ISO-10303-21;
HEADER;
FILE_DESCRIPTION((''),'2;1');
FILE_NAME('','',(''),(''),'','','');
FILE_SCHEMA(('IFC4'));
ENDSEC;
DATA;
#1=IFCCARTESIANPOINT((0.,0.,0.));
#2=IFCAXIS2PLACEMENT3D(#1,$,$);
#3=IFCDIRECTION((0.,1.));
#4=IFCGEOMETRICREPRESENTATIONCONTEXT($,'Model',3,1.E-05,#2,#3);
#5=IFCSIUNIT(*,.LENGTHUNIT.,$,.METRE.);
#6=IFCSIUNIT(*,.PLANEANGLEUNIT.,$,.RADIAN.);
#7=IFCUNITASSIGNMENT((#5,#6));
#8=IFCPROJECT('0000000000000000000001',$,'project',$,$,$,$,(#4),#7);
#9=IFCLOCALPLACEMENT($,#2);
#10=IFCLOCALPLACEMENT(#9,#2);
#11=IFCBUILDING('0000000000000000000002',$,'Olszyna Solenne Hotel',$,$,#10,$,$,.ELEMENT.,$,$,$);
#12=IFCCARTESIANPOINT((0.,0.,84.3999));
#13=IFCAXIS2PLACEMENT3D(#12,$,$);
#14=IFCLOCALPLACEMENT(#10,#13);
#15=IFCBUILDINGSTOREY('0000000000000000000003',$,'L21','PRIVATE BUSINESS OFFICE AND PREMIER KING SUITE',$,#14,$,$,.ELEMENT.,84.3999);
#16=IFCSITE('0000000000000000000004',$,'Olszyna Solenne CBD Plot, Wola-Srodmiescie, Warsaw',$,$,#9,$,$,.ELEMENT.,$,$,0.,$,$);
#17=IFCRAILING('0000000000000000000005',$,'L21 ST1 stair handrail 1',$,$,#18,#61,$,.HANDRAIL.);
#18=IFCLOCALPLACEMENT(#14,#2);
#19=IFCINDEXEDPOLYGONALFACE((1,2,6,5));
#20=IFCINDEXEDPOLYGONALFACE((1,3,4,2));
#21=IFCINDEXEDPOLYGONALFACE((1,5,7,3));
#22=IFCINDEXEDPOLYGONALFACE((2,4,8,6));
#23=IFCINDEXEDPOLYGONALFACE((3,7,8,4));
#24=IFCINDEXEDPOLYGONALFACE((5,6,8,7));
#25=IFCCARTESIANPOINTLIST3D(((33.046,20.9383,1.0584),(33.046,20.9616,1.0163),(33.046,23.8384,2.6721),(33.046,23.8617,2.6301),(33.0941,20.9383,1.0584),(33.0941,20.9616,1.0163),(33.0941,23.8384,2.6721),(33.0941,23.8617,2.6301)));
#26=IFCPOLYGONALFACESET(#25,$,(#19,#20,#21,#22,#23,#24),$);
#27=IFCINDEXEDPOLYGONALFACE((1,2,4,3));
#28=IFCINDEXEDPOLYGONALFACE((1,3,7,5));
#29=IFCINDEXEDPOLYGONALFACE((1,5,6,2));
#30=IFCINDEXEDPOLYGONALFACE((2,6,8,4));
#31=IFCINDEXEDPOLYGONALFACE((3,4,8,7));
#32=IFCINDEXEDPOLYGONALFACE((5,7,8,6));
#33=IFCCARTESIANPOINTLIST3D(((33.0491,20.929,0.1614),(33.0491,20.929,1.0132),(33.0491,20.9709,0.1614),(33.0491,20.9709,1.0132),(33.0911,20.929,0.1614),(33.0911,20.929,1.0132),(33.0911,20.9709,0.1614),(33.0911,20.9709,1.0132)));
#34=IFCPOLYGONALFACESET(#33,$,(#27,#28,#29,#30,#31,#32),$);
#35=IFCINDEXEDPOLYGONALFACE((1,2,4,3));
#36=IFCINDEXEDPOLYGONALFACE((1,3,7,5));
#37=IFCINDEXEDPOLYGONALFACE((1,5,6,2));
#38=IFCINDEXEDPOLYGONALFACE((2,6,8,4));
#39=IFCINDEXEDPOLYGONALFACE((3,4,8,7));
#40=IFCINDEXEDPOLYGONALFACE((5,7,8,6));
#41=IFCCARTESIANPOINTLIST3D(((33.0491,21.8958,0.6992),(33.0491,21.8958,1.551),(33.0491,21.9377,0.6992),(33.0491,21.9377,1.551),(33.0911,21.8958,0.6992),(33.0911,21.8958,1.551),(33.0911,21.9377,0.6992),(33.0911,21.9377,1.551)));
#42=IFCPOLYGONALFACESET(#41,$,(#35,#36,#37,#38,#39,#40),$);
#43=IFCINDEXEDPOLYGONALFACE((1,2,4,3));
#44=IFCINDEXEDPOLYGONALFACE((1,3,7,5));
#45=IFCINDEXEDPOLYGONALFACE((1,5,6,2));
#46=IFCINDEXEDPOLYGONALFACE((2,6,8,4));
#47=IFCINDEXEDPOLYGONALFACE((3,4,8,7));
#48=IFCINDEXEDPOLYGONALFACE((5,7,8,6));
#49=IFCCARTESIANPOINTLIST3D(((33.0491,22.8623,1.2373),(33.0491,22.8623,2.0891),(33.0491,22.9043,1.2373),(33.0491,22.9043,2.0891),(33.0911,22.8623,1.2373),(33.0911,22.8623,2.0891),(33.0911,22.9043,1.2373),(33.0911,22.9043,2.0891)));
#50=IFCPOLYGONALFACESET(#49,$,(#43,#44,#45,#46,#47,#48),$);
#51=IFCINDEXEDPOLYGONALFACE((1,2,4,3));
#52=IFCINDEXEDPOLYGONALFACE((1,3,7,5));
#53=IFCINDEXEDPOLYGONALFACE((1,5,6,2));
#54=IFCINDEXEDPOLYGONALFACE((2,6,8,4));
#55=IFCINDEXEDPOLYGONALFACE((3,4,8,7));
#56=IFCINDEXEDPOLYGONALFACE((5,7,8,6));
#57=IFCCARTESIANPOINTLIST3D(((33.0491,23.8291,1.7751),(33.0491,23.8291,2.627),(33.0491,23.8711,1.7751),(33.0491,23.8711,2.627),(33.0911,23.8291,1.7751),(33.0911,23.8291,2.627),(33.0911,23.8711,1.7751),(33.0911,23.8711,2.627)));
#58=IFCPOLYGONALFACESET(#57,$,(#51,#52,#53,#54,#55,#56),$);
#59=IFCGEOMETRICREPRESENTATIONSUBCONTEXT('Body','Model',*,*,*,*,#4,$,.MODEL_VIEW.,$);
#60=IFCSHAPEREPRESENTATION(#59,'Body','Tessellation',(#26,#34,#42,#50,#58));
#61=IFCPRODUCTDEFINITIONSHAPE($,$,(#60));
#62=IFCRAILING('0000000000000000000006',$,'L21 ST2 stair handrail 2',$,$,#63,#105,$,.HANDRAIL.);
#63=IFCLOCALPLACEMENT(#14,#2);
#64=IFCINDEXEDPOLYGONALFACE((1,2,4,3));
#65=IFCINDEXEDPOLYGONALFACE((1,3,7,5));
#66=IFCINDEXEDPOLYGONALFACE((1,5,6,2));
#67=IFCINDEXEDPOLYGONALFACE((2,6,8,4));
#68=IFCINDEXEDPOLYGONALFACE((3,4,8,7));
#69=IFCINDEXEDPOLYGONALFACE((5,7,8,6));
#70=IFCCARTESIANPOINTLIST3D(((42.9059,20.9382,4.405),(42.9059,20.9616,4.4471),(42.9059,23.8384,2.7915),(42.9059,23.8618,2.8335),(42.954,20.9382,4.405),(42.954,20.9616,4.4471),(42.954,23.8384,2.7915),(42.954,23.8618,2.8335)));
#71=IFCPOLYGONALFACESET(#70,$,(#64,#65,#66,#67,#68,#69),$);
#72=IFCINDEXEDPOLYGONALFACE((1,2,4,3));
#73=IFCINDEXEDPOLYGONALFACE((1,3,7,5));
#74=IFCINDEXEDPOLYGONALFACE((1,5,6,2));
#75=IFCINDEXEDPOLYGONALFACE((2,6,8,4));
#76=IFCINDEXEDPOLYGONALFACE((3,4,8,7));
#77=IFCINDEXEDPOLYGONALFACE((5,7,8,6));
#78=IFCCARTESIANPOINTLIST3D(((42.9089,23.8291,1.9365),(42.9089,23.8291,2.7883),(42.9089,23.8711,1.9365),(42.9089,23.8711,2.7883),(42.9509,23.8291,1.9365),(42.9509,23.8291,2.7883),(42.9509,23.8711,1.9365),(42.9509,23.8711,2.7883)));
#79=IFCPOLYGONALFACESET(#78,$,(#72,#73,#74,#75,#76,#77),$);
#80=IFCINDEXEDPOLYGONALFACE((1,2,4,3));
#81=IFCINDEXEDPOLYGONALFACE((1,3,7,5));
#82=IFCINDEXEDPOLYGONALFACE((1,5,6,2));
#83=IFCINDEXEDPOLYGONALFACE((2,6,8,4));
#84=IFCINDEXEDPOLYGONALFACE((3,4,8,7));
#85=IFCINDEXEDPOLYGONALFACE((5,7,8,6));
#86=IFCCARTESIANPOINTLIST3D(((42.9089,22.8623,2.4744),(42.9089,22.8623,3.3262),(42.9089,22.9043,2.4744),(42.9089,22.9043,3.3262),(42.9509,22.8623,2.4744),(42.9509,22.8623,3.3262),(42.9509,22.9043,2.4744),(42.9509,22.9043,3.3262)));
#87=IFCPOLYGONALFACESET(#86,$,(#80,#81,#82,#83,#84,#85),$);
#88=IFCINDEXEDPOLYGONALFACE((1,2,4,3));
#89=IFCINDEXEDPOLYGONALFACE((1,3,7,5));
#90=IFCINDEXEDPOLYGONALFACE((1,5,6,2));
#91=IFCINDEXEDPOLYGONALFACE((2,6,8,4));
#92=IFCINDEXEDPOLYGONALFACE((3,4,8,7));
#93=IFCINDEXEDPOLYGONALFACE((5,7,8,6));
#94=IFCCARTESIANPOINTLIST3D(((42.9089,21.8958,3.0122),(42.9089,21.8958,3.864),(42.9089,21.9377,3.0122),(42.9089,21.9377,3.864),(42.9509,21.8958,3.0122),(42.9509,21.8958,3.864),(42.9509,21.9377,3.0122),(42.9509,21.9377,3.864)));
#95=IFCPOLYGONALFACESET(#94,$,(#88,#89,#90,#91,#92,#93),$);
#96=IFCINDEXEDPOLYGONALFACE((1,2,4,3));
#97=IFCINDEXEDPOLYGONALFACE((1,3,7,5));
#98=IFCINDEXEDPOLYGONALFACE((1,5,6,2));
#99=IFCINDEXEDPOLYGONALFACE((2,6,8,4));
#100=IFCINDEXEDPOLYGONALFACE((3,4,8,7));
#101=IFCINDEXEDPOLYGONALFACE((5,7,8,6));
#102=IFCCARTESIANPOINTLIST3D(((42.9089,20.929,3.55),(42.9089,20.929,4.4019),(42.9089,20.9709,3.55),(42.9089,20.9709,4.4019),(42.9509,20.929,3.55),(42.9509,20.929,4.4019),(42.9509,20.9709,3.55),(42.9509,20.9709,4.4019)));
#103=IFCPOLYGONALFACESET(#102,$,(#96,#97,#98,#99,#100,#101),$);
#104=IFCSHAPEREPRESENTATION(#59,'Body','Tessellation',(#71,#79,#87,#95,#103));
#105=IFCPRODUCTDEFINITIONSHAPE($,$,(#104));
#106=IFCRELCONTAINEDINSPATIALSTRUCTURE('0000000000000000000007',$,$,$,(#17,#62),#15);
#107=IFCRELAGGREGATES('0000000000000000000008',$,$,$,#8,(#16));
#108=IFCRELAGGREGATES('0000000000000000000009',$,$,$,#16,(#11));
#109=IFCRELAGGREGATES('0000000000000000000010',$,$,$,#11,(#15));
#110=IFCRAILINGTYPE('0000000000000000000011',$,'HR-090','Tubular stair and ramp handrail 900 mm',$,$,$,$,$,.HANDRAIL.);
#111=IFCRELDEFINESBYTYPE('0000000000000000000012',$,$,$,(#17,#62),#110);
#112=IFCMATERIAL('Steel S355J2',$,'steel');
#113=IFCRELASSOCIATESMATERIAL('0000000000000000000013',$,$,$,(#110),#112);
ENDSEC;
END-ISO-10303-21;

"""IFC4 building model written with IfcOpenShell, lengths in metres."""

from ifc_helpers import new_model, si_unit, direction, frame, origin, origin_2d, place, context, subcontext, project, spatial, rectangle, extrude, material, type_object, element, save


model = new_model("IFC4")

# Units and contexts
model_context = context("Model", 3, precision=1e-05, world=origin(), true_north=direction((0.0, 1.0)))
body_context = subcontext(model_context, "Body", "Model", "MODEL_VIEW")
ifc_project = project(units=[si_unit("LENGTHUNIT", "METRE"), si_unit("PLANEANGLEUNIT", "RADIAN")], contexts=[model_context])

# Site, building, storey
site_placement = place(None, origin())
site = spatial("IfcSite", under=ifc_project, at=site_placement, Name="Olszyna Solenne CBD Plot, Wola-Srodmiescie, Warsaw", CompositionType="ELEMENT", RefElevation=0.0)
building_placement = place(site_placement, origin())
building = spatial("IfcBuilding", under=site, at=building_placement, Name="Olszyna Solenne Hotel", CompositionType="ELEMENT")
storey_placement = place(building_placement, frame((0.0, 0.0, 84.3999)))
storey = spatial("IfcBuildingStorey", under=building, at=storey_placement, Name="L21", Description="PRIVATE BUSINESS OFFICE AND PREMIER KING SUITE", CompositionType="ELEMENT", Elevation=84.3999)

# Shared definitions
ifc_material_1 = material(Name="Steel S355J2", Category="steel")

# Railings
railing_type = type_object("IfcRailingType", Name="HR-090", Description="Tubular stair and ramp handrail 900 mm", PredefinedType="HANDRAIL", material=ifc_material_1)
railing_1_placement = place(storey_placement, frame((33.0701, 20.95, 0.1614)))
element("IfcRailing", 1, at=railing_1_placement, inside=storey, type_object=railing_type, Name="L21 ST1 stair handrail 1", PredefinedType="HANDRAIL", context=body_context, shape_type="SweptSolid", body=[
    extrude(rectangle(XDim=0.0481, YDim=0.0481, at=origin_2d()), frame((0.0, 0.0, 0.876), z_axis=(0.0, 0.873827, 0.486236), x_axis=(-1.0, 0.0, 0.0)), (0.0, 0.0, 1.0), 3.3188),
    extrude(rectangle(XDim=0.042, YDim=0.042, at=origin_2d()), origin(), (0.0, 0.0, 1.0), 0.8518),
    extrude(rectangle(XDim=0.042, YDim=0.042, at=origin_2d()), frame((0.0, 0.9668, 0.5378)), (0.0, 0.0, 1.0), 0.8518),
    extrude(rectangle(XDim=0.042, YDim=0.042, at=origin_2d()), frame((0.0, 1.9333, 1.0759)), (0.0, 0.0, 1.0), 0.8518),
    extrude(rectangle(XDim=0.042, YDim=0.042, at=origin_2d()), frame((0.0, 2.9001, 1.6138)), (0.0, 0.0, 1.0), 0.8518),
])
railing_2_placement = place(storey_placement, frame((42.9299, 23.8501, 1.9365)))
element("IfcRailing", 2, at=railing_2_placement, inside=storey, type_object=railing_type, Name="L21 ST2 stair handrail 2", PredefinedType="HANDRAIL", context=body_context, shape_type="SweptSolid", body=[
    extrude(rectangle(XDim=0.0481, YDim=0.0481, at=origin_2d()), frame((0.0, 0.0, 0.876), z_axis=(0.0, -0.873859, 0.48618), x_axis=(1.0, 0.0, 0.0)), (0.0, 0.0, 1.0), 3.3188),
    extrude(rectangle(XDim=0.042, YDim=0.042, at=origin_2d()), origin(), (0.0, 0.0, 1.0), 0.8518),
    extrude(rectangle(XDim=0.042, YDim=0.042, at=origin_2d()), frame((0.0, -0.9668, 0.5378)), (0.0, 0.0, 1.0), 0.8518),
    extrude(rectangle(XDim=0.042, YDim=0.042, at=origin_2d()), frame((0.0, -1.9333, 1.0757)), (0.0, 0.0, 1.0), 0.8518),
    extrude(rectangle(XDim=0.042, YDim=0.042, at=origin_2d()), frame((0.0, -2.9001, 1.6135)), (0.0, 0.0, 1.0), 0.8518),
])

save(model, "model.ifc")
